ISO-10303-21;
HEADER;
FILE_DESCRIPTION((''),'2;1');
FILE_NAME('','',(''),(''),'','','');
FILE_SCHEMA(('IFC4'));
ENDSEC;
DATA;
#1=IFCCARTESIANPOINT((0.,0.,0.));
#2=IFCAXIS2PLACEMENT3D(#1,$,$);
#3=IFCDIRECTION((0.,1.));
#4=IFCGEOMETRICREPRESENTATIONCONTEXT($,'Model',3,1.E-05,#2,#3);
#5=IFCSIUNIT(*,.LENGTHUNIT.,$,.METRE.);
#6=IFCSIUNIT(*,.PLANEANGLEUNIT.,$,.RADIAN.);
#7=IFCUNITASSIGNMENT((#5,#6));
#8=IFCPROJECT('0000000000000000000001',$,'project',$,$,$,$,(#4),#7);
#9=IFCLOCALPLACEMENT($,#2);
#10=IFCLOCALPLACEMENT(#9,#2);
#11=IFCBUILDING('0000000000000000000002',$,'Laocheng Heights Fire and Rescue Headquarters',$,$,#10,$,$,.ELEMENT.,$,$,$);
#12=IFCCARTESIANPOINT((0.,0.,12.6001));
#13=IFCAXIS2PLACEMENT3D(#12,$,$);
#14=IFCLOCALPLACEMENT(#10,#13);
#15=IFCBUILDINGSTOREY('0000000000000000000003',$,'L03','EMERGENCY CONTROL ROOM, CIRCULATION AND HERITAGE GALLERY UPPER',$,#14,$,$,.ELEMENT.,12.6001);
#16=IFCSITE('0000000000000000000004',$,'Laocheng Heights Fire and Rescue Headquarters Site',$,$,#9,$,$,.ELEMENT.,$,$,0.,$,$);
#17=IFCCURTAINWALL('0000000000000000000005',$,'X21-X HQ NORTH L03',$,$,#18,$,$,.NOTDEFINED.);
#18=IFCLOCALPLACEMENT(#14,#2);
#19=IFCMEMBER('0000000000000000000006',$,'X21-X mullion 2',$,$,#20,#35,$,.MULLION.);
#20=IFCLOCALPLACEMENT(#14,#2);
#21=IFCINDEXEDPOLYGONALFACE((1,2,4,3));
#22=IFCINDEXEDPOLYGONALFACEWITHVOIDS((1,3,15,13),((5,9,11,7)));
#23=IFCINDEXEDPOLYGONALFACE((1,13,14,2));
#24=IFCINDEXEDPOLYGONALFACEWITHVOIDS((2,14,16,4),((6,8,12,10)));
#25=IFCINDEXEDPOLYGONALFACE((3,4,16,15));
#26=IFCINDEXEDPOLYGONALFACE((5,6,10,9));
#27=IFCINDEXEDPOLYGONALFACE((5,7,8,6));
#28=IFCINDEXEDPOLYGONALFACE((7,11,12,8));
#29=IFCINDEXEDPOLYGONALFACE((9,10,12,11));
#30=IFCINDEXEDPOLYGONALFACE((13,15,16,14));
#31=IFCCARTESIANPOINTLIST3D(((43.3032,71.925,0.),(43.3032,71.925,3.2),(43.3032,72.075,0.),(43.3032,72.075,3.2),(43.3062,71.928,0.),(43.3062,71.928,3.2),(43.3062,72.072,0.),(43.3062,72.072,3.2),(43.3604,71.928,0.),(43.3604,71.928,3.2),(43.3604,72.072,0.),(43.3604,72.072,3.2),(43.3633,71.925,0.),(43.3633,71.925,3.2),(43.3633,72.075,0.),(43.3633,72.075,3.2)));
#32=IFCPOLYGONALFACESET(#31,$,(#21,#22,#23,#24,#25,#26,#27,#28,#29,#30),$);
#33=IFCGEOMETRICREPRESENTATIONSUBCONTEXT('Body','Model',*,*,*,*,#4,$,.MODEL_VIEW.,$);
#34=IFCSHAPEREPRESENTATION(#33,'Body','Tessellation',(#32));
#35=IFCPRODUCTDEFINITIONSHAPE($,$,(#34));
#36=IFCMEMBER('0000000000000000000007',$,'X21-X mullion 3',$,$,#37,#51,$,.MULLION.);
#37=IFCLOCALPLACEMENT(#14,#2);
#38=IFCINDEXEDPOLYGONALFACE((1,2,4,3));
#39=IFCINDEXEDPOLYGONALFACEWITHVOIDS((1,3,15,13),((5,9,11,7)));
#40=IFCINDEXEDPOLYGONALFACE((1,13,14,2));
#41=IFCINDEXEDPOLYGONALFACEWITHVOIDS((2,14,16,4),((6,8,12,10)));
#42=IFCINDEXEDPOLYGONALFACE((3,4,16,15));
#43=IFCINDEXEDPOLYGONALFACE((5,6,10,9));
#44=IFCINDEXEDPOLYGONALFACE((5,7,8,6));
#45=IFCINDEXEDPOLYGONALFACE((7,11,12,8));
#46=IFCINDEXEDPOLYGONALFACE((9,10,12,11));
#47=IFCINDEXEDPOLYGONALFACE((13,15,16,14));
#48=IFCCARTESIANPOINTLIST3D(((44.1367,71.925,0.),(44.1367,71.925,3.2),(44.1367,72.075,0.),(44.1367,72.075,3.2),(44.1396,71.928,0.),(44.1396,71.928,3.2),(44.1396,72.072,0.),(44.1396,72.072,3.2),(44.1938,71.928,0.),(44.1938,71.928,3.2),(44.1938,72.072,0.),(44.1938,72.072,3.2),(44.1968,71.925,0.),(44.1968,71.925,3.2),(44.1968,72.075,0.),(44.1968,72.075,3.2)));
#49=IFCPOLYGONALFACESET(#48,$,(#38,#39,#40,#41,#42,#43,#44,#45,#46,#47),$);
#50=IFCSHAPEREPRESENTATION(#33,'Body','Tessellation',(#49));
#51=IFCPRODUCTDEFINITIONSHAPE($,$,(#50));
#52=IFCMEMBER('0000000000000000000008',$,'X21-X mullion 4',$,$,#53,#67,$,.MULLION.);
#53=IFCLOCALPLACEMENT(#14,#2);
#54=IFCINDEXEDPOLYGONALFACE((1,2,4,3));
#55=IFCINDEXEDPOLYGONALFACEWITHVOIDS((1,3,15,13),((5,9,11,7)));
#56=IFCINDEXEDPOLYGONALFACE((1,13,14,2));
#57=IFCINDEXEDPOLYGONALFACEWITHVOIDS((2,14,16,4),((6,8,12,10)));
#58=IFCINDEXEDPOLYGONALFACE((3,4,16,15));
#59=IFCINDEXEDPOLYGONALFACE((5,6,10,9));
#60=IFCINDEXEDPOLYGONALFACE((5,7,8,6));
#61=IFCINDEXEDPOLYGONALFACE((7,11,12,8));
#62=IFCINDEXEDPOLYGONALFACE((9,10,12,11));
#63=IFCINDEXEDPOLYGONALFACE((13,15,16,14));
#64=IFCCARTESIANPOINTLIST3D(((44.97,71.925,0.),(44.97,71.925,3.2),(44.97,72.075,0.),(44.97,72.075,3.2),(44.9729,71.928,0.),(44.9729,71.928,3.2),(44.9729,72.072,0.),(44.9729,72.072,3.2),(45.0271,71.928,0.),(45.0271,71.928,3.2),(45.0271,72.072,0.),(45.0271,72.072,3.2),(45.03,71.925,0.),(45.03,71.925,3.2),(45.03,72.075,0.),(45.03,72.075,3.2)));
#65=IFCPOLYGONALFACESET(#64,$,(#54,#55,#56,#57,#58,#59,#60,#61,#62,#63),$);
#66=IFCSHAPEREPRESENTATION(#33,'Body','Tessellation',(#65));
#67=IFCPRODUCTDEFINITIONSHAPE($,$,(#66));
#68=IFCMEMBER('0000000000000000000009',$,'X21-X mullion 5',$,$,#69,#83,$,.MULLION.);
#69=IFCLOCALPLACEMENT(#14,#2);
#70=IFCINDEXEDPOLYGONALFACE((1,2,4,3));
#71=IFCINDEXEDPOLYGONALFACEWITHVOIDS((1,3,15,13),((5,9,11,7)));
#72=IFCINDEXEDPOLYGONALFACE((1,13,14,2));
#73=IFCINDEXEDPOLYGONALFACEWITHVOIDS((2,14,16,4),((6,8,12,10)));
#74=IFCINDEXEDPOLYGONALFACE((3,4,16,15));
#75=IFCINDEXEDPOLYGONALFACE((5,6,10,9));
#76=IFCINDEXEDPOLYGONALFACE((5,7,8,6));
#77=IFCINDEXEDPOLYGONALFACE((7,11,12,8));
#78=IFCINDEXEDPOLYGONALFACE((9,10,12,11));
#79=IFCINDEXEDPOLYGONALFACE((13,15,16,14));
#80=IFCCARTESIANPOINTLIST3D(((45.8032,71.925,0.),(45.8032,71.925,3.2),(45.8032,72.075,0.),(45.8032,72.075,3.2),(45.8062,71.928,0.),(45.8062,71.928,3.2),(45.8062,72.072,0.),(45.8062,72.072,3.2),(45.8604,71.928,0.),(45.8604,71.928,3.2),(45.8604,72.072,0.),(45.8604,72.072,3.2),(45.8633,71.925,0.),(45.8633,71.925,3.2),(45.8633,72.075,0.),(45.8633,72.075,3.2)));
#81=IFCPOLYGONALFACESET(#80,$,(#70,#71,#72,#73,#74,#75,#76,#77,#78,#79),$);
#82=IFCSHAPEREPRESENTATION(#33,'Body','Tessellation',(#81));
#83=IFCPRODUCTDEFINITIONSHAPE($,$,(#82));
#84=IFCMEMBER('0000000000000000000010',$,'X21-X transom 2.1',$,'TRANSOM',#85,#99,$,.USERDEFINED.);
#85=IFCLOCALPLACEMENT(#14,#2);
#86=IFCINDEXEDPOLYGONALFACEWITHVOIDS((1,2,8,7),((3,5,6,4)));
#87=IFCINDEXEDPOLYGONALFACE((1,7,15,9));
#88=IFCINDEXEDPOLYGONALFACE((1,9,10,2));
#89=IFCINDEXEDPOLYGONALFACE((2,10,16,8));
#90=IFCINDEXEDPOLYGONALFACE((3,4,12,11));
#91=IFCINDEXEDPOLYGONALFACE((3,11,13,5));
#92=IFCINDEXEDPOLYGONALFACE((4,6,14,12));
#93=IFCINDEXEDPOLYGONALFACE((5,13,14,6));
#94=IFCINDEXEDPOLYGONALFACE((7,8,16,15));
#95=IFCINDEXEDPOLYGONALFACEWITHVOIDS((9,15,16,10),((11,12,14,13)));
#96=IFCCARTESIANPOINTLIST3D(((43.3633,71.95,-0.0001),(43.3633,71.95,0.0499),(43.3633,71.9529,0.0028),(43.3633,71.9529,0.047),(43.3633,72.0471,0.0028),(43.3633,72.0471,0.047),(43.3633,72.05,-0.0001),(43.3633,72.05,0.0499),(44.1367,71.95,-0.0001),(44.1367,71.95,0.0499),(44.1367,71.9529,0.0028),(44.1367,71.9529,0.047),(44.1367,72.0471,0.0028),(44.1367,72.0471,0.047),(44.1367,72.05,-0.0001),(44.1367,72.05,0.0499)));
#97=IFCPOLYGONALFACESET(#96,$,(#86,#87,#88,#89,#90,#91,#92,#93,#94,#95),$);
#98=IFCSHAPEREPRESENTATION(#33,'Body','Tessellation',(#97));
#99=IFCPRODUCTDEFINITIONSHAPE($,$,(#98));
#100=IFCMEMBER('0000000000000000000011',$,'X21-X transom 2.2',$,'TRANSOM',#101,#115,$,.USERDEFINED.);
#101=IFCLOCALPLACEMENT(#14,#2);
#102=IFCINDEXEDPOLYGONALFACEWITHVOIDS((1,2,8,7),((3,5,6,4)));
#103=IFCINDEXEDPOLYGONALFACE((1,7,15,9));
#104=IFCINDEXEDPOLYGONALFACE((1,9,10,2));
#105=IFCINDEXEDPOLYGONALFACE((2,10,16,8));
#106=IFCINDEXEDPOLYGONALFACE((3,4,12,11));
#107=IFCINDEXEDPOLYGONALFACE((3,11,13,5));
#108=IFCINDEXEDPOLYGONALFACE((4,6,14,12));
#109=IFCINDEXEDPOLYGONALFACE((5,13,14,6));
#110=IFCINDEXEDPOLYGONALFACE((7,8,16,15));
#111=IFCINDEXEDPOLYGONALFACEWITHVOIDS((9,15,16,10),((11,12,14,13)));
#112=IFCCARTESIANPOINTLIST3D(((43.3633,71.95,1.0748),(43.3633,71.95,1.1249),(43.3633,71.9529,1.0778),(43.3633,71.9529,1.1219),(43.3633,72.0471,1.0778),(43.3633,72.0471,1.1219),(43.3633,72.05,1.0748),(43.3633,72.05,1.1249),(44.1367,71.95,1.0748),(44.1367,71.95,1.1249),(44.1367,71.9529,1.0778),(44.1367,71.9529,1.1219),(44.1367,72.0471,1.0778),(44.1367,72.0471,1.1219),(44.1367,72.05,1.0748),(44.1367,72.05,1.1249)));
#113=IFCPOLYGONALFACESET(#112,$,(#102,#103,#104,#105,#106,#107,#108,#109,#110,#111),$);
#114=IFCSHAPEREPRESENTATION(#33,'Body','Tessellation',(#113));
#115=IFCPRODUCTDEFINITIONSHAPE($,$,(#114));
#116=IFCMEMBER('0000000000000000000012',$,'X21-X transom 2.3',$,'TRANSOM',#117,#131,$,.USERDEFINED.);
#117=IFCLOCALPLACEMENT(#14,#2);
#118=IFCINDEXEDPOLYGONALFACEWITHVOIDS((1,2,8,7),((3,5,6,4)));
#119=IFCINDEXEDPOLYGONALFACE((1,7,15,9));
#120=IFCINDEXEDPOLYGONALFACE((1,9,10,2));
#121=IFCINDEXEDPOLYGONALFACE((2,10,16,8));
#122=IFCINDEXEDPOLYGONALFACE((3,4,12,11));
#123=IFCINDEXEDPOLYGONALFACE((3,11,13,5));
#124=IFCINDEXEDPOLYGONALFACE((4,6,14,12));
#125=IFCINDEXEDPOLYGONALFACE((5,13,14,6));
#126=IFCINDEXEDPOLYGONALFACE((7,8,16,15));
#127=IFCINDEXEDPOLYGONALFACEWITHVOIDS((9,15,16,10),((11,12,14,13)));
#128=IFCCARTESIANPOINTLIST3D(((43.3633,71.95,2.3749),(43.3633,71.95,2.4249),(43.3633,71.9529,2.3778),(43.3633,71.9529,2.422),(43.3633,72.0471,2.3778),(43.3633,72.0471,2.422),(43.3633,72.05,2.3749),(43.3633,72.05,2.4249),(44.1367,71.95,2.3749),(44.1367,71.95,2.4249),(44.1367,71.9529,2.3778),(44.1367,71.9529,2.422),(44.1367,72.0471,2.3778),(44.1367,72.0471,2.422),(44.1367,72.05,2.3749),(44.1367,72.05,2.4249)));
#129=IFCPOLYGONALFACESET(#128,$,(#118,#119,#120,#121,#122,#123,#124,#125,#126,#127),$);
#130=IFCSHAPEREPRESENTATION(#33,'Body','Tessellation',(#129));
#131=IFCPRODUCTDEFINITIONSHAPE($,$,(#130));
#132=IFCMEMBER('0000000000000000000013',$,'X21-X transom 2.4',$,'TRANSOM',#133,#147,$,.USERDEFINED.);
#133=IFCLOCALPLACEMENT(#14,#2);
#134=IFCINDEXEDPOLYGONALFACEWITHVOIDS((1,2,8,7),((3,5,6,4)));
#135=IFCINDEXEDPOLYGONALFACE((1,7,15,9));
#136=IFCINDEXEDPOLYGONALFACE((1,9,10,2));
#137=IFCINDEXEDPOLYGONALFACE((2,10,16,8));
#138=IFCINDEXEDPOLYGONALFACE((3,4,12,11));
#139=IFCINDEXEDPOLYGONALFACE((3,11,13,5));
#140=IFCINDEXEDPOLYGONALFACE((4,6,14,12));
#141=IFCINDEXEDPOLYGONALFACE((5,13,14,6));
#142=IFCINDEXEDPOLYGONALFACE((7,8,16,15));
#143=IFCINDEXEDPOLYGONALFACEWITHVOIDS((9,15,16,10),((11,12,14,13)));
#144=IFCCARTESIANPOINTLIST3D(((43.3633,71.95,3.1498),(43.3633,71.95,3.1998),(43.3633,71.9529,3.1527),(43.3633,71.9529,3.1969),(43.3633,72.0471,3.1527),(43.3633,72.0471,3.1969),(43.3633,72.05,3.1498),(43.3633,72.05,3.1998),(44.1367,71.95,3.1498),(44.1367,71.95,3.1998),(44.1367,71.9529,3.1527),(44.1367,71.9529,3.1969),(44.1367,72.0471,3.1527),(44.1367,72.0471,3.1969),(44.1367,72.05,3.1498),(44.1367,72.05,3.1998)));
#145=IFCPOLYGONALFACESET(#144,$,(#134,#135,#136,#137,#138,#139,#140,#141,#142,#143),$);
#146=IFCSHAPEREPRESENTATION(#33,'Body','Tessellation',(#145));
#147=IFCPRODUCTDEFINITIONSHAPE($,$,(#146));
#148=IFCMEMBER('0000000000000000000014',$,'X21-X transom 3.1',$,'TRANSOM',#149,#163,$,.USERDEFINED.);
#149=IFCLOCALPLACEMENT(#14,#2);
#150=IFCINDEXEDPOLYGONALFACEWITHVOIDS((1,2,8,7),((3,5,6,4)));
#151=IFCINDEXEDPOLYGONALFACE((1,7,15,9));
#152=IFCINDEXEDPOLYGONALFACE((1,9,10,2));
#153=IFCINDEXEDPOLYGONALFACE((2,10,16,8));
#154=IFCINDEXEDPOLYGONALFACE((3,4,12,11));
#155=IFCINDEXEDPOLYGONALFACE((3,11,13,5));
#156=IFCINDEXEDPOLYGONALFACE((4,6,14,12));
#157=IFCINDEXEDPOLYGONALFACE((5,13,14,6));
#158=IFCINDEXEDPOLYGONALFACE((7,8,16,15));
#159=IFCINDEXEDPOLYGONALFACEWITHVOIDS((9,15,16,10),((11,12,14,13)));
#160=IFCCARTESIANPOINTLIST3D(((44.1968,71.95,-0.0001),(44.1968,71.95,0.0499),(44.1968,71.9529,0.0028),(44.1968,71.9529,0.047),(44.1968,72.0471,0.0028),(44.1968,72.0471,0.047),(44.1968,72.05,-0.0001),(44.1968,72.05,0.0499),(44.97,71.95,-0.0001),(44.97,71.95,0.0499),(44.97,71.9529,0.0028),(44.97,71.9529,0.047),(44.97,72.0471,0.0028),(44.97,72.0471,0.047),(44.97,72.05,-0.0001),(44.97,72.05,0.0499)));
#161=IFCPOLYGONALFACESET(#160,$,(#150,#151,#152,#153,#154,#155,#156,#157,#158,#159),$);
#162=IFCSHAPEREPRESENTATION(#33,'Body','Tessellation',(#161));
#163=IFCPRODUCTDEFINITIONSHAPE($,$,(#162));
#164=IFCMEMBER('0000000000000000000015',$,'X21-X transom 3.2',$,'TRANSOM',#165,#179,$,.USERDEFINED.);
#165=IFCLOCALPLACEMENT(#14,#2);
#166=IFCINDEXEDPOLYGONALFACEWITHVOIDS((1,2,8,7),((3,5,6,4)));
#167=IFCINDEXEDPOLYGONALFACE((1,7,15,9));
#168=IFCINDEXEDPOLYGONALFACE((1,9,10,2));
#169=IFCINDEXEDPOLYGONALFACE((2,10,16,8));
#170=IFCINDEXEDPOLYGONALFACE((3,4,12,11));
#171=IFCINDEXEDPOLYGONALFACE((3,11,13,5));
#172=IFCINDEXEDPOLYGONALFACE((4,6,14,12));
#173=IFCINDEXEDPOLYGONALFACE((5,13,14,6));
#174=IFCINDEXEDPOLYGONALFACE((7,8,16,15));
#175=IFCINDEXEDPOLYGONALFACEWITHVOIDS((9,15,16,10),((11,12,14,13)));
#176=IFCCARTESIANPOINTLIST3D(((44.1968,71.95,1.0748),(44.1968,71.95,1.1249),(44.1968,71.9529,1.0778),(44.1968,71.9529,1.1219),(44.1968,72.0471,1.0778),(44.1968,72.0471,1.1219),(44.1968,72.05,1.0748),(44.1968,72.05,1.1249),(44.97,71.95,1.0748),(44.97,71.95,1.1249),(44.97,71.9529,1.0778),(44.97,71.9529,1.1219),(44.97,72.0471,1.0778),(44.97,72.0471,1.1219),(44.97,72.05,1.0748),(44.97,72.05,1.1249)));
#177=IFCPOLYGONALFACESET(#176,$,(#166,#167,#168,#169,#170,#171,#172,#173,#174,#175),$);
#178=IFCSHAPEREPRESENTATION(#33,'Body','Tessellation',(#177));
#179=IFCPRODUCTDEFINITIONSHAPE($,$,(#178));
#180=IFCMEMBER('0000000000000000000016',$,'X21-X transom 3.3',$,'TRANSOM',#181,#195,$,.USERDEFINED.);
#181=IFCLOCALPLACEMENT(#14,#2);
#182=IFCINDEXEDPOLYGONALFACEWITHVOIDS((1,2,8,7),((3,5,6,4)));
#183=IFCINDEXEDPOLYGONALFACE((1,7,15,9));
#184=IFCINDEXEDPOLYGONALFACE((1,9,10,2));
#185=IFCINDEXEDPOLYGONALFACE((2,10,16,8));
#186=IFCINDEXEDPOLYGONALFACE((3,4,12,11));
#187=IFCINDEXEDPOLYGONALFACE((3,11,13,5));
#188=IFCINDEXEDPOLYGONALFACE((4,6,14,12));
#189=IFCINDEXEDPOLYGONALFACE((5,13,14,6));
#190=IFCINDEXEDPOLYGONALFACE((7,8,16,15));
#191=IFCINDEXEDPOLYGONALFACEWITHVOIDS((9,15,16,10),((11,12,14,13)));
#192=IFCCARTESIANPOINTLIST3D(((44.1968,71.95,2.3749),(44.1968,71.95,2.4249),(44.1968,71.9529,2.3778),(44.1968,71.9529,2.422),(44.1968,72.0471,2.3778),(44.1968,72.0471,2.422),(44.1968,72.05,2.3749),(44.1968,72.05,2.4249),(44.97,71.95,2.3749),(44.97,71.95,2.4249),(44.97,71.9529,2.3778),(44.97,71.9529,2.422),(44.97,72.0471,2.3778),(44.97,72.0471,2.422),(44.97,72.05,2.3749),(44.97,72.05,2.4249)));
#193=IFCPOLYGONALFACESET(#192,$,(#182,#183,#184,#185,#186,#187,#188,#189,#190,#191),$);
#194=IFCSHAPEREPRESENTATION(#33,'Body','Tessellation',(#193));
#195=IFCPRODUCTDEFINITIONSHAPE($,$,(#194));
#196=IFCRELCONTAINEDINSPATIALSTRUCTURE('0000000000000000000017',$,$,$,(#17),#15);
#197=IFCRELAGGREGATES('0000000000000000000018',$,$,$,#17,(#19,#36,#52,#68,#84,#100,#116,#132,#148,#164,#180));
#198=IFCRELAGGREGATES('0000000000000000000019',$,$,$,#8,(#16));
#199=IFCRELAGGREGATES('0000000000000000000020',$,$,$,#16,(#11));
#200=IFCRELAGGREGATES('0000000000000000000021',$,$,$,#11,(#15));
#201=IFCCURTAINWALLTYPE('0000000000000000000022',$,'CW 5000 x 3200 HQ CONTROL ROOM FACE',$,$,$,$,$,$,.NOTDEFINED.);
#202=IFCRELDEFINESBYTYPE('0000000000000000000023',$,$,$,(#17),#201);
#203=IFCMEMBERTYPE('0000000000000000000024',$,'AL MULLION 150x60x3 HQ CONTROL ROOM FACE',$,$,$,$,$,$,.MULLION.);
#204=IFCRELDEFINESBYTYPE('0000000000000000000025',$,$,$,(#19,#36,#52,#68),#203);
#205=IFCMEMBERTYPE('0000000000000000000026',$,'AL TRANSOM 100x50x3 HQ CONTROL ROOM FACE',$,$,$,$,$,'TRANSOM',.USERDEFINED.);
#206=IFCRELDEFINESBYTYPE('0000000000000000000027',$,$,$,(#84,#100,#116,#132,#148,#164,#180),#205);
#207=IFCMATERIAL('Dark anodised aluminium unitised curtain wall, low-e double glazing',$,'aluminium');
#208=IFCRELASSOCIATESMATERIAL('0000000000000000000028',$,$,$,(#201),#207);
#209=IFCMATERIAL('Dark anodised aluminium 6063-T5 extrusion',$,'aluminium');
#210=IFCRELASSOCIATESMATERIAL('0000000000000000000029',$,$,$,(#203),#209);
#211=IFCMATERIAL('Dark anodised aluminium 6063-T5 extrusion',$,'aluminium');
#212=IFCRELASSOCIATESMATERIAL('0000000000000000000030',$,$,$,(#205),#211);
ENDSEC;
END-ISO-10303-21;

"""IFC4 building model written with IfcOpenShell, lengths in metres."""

from ifc_helpers import new_model, si_unit, direction, frame, origin, origin_2d, place, context, subcontext, project, spatial, hollow_rectangle, extrude, material, material_profile, profile_set, type_object, element, aggregate, save


model = new_model("IFC4")

# Units and contexts
model_context = context("Model", 3, precision=1e-05, world=origin(), true_north=direction((0.0, 1.0)))
body_context = subcontext(model_context, "Body", "Model", "MODEL_VIEW")
ifc_project = project(units=[si_unit("LENGTHUNIT", "METRE"), si_unit("PLANEANGLEUNIT", "RADIAN")], contexts=[model_context])

# Site, building, storey
site_placement = place(None, origin())
site = spatial("IfcSite", under=ifc_project, at=site_placement, Name="Laocheng Heights Fire and Rescue Headquarters Site", CompositionType="ELEMENT", RefElevation=0.0)
building_placement = place(site_placement, origin())
building = spatial("IfcBuilding", under=site, at=building_placement, Name="Laocheng Heights Fire and Rescue Headquarters", CompositionType="ELEMENT")
storey_placement = place(building_placement, frame((0.0, 0.0, 12.6001)))
storey = spatial("IfcBuildingStorey", under=building, at=storey_placement, Name="L03", Description="EMERGENCY CONTROL ROOM, CIRCULATION AND HERITAGE GALLERY UPPER", CompositionType="ELEMENT", Elevation=12.6001)

# Curtain wall, members
ifc_material_1 = material(Name="Dark anodised aluminium unitised curtain wall, low-e double glazing", Category="aluminium")
curtain_wall_type = type_object("IfcCurtainWallType", Name="CW 5000 x 3200 HQ CONTROL ROOM FACE", PredefinedType="NOTDEFINED", material=ifc_material_1)
curtain_wall_placement = place(storey_placement, origin())
curtain_wall = element("IfcCurtainWall", 1, at=curtain_wall_placement, inside=storey, type_object=curtain_wall_type, Name="X21-X HQ NORTH L03", PredefinedType="NOTDEFINED")
ifc_material_2 = material(Name="Dark anodised aluminium 6063-T5 extrusion", Category="aluminium")
ifc_material_profile_1 = material_profile(ifc_material_2, hollow_rectangle(XDim=0.1499, YDim=0.0601, WallThickness=0.0029, at=origin_2d()), Name="AL MULLION 150x60x3 HQ CONTROL ROOM FACE")
ifc_profile_set_1 = profile_set([ifc_material_profile_1], Name="Dark anodised aluminium 6063-T5 extrusion")
member_type_1 = type_object("IfcMemberType", Name="AL MULLION 150x60x3 HQ CONTROL ROOM FACE", PredefinedType="MULLION", material=ifc_profile_set_1)
member_1_placement = place(storey_placement, frame((43.3333, 72.0, 0.0), z_axis=(0.0, 0.0, 1.0), x_axis=(0.0, 1.0, 0.0)))
member_1 = element("IfcMember", 2, at=member_1_placement, type_object=member_type_1, Name="X21-X mullion 2", PredefinedType="MULLION", context=body_context, shape_type="SweptSolid", body=[
    extrude(hollow_rectangle(XDim=0.1499, YDim=0.0601, WallThickness=0.0029, at=origin_2d()), origin(), (0.0, 0.0, 1.0), 3.2),
])
member_2_placement = place(storey_placement, frame((44.1667, 72.0, 0.0), z_axis=(0.0, 0.0, 1.0), x_axis=(0.0, 1.0, 0.0)))
member_2 = element("IfcMember", 3, at=member_2_placement, type_object=member_type_1, Name="X21-X mullion 3", PredefinedType="MULLION", context=body_context, shape_type="SweptSolid", body=[
    extrude(hollow_rectangle(XDim=0.1499, YDim=0.0601, WallThickness=0.0029, at=origin_2d()), origin(), (0.0, 0.0, 1.0), 3.2),
])
member_3_placement = place(storey_placement, frame((45.0, 72.0, 0.0), z_axis=(0.0, 0.0, 1.0), x_axis=(0.0, 1.0, 0.0)))
member_3 = element("IfcMember", 4, at=member_3_placement, type_object=member_type_1, Name="X21-X mullion 4", PredefinedType="MULLION", context=body_context, shape_type="SweptSolid", body=[
    extrude(hollow_rectangle(XDim=0.1499, YDim=0.0601, WallThickness=0.0029, at=origin_2d()), origin(), (0.0, 0.0, 1.0), 3.2),
])
member_4_placement = place(storey_placement, frame((45.8333, 72.0, 0.0), z_axis=(0.0, 0.0, 1.0), x_axis=(0.0, 1.0, 0.0)))
member_4 = element("IfcMember", 5, at=member_4_placement, type_object=member_type_1, Name="X21-X mullion 5", PredefinedType="MULLION", context=body_context, shape_type="SweptSolid", body=[
    extrude(hollow_rectangle(XDim=0.1499, YDim=0.0601, WallThickness=0.0029, at=origin_2d()), origin(), (0.0, 0.0, 1.0), 3.2),
])
ifc_material_3 = material(Name="Dark anodised aluminium 6063-T5 extrusion", Category="aluminium")
ifc_material_profile_2 = material_profile(ifc_material_3, hollow_rectangle(XDim=0.1001, YDim=0.05, WallThickness=0.0029, at=origin_2d()), Name="AL TRANSOM 100x50x3 HQ CONTROL ROOM FACE")
ifc_profile_set_2 = profile_set([ifc_material_profile_2], Name="Dark anodised aluminium 6063-T5 extrusion")
member_type_2 = type_object("IfcMemberType", Name="AL TRANSOM 100x50x3 HQ CONTROL ROOM FACE", ElementType="TRANSOM", PredefinedType="USERDEFINED", material=ifc_profile_set_2)
member_5_placement = place(storey_placement, frame((43.3633, 72.0, 0.0249), z_axis=(1.0, 0.0, 0.0), x_axis=(0.0, 1.0, 0.0)))
member_5 = element("IfcMember", 6, at=member_5_placement, type_object=member_type_2, Name="X21-X transom 2.1", ObjectType="TRANSOM", PredefinedType="USERDEFINED", context=body_context, shape_type="SweptSolid", body=[
    extrude(hollow_rectangle(XDim=0.1001, YDim=0.05, WallThickness=0.0029, at=origin_2d()), origin(), (0.0, 0.0, 1.0), 0.7734),
])
member_6_placement = place(storey_placement, frame((43.3633, 72.0, 1.0999), z_axis=(1.0, 0.0, 0.0), x_axis=(0.0, 1.0, 0.0)))
member_6 = element("IfcMember", 7, at=member_6_placement, type_object=member_type_2, Name="X21-X transom 2.2", ObjectType="TRANSOM", PredefinedType="USERDEFINED", context=body_context, shape_type="SweptSolid", body=[
    extrude(hollow_rectangle(XDim=0.1001, YDim=0.05, WallThickness=0.0029, at=origin_2d()), origin(), (0.0, 0.0, 1.0), 0.7734),
])
member_7_placement = place(storey_placement, frame((43.3633, 72.0, 2.3999), z_axis=(1.0, 0.0, 0.0), x_axis=(0.0, 1.0, 0.0)))
member_7 = element("IfcMember", 8, at=member_7_placement, type_object=member_type_2, Name="X21-X transom 2.3", ObjectType="TRANSOM", PredefinedType="USERDEFINED", context=body_context, shape_type="SweptSolid", body=[
    extrude(hollow_rectangle(XDim=0.1001, YDim=0.05, WallThickness=0.0029, at=origin_2d()), origin(), (0.0, 0.0, 1.0), 0.7734),
])
member_8_placement = place(storey_placement, frame((43.3633, 72.0, 3.1748), z_axis=(1.0, 0.0, 0.0), x_axis=(0.0, 1.0, 0.0)))
member_8 = element("IfcMember", 9, at=member_8_placement, type_object=member_type_2, Name="X21-X transom 2.4", ObjectType="TRANSOM", PredefinedType="USERDEFINED", context=body_context, shape_type="SweptSolid", body=[
    extrude(hollow_rectangle(XDim=0.1001, YDim=0.05, WallThickness=0.0029, at=origin_2d()), origin(), (0.0, 0.0, 1.0), 0.7734),
])
member_9_placement = place(storey_placement, frame((44.1968, 72.0, 0.0249), z_axis=(1.0, 0.0, 0.0), x_axis=(0.0, 1.0, 0.0)))
member_9 = element("IfcMember", 10, at=member_9_placement, type_object=member_type_2, Name="X21-X transom 3.1", ObjectType="TRANSOM", PredefinedType="USERDEFINED", context=body_context, shape_type="SweptSolid", body=[
    extrude(hollow_rectangle(XDim=0.1001, YDim=0.05, WallThickness=0.0029, at=origin_2d()), origin(), (0.0, 0.0, 1.0), 0.7732),
])
member_10_placement = place(storey_placement, frame((44.1968, 72.0, 1.0999), z_axis=(1.0, 0.0, 0.0), x_axis=(0.0, 1.0, 0.0)))
member_10 = element("IfcMember", 11, at=member_10_placement, type_object=member_type_2, Name="X21-X transom 3.2", ObjectType="TRANSOM", PredefinedType="USERDEFINED", context=body_context, shape_type="SweptSolid", body=[
    extrude(hollow_rectangle(XDim=0.1001, YDim=0.05, WallThickness=0.0029, at=origin_2d()), origin(), (0.0, 0.0, 1.0), 0.7732),
])
member_11_placement = place(storey_placement, frame((44.1968, 72.0, 2.3999), z_axis=(1.0, 0.0, 0.0), x_axis=(0.0, 1.0, 0.0)))
member_11 = element("IfcMember", 12, at=member_11_placement, type_object=member_type_2, Name="X21-X transom 3.3", ObjectType="TRANSOM", PredefinedType="USERDEFINED", context=body_context, shape_type="SweptSolid", body=[
    extrude(hollow_rectangle(XDim=0.1001, YDim=0.05, WallThickness=0.0029, at=origin_2d()), origin(), (0.0, 0.0, 1.0), 0.7732),
])
aggregate(curtain_wall, [member_1, member_2, member_3, member_4, member_5, member_6, member_7, member_8, member_9, member_10, member_11])

save(model, "model.ifc")
